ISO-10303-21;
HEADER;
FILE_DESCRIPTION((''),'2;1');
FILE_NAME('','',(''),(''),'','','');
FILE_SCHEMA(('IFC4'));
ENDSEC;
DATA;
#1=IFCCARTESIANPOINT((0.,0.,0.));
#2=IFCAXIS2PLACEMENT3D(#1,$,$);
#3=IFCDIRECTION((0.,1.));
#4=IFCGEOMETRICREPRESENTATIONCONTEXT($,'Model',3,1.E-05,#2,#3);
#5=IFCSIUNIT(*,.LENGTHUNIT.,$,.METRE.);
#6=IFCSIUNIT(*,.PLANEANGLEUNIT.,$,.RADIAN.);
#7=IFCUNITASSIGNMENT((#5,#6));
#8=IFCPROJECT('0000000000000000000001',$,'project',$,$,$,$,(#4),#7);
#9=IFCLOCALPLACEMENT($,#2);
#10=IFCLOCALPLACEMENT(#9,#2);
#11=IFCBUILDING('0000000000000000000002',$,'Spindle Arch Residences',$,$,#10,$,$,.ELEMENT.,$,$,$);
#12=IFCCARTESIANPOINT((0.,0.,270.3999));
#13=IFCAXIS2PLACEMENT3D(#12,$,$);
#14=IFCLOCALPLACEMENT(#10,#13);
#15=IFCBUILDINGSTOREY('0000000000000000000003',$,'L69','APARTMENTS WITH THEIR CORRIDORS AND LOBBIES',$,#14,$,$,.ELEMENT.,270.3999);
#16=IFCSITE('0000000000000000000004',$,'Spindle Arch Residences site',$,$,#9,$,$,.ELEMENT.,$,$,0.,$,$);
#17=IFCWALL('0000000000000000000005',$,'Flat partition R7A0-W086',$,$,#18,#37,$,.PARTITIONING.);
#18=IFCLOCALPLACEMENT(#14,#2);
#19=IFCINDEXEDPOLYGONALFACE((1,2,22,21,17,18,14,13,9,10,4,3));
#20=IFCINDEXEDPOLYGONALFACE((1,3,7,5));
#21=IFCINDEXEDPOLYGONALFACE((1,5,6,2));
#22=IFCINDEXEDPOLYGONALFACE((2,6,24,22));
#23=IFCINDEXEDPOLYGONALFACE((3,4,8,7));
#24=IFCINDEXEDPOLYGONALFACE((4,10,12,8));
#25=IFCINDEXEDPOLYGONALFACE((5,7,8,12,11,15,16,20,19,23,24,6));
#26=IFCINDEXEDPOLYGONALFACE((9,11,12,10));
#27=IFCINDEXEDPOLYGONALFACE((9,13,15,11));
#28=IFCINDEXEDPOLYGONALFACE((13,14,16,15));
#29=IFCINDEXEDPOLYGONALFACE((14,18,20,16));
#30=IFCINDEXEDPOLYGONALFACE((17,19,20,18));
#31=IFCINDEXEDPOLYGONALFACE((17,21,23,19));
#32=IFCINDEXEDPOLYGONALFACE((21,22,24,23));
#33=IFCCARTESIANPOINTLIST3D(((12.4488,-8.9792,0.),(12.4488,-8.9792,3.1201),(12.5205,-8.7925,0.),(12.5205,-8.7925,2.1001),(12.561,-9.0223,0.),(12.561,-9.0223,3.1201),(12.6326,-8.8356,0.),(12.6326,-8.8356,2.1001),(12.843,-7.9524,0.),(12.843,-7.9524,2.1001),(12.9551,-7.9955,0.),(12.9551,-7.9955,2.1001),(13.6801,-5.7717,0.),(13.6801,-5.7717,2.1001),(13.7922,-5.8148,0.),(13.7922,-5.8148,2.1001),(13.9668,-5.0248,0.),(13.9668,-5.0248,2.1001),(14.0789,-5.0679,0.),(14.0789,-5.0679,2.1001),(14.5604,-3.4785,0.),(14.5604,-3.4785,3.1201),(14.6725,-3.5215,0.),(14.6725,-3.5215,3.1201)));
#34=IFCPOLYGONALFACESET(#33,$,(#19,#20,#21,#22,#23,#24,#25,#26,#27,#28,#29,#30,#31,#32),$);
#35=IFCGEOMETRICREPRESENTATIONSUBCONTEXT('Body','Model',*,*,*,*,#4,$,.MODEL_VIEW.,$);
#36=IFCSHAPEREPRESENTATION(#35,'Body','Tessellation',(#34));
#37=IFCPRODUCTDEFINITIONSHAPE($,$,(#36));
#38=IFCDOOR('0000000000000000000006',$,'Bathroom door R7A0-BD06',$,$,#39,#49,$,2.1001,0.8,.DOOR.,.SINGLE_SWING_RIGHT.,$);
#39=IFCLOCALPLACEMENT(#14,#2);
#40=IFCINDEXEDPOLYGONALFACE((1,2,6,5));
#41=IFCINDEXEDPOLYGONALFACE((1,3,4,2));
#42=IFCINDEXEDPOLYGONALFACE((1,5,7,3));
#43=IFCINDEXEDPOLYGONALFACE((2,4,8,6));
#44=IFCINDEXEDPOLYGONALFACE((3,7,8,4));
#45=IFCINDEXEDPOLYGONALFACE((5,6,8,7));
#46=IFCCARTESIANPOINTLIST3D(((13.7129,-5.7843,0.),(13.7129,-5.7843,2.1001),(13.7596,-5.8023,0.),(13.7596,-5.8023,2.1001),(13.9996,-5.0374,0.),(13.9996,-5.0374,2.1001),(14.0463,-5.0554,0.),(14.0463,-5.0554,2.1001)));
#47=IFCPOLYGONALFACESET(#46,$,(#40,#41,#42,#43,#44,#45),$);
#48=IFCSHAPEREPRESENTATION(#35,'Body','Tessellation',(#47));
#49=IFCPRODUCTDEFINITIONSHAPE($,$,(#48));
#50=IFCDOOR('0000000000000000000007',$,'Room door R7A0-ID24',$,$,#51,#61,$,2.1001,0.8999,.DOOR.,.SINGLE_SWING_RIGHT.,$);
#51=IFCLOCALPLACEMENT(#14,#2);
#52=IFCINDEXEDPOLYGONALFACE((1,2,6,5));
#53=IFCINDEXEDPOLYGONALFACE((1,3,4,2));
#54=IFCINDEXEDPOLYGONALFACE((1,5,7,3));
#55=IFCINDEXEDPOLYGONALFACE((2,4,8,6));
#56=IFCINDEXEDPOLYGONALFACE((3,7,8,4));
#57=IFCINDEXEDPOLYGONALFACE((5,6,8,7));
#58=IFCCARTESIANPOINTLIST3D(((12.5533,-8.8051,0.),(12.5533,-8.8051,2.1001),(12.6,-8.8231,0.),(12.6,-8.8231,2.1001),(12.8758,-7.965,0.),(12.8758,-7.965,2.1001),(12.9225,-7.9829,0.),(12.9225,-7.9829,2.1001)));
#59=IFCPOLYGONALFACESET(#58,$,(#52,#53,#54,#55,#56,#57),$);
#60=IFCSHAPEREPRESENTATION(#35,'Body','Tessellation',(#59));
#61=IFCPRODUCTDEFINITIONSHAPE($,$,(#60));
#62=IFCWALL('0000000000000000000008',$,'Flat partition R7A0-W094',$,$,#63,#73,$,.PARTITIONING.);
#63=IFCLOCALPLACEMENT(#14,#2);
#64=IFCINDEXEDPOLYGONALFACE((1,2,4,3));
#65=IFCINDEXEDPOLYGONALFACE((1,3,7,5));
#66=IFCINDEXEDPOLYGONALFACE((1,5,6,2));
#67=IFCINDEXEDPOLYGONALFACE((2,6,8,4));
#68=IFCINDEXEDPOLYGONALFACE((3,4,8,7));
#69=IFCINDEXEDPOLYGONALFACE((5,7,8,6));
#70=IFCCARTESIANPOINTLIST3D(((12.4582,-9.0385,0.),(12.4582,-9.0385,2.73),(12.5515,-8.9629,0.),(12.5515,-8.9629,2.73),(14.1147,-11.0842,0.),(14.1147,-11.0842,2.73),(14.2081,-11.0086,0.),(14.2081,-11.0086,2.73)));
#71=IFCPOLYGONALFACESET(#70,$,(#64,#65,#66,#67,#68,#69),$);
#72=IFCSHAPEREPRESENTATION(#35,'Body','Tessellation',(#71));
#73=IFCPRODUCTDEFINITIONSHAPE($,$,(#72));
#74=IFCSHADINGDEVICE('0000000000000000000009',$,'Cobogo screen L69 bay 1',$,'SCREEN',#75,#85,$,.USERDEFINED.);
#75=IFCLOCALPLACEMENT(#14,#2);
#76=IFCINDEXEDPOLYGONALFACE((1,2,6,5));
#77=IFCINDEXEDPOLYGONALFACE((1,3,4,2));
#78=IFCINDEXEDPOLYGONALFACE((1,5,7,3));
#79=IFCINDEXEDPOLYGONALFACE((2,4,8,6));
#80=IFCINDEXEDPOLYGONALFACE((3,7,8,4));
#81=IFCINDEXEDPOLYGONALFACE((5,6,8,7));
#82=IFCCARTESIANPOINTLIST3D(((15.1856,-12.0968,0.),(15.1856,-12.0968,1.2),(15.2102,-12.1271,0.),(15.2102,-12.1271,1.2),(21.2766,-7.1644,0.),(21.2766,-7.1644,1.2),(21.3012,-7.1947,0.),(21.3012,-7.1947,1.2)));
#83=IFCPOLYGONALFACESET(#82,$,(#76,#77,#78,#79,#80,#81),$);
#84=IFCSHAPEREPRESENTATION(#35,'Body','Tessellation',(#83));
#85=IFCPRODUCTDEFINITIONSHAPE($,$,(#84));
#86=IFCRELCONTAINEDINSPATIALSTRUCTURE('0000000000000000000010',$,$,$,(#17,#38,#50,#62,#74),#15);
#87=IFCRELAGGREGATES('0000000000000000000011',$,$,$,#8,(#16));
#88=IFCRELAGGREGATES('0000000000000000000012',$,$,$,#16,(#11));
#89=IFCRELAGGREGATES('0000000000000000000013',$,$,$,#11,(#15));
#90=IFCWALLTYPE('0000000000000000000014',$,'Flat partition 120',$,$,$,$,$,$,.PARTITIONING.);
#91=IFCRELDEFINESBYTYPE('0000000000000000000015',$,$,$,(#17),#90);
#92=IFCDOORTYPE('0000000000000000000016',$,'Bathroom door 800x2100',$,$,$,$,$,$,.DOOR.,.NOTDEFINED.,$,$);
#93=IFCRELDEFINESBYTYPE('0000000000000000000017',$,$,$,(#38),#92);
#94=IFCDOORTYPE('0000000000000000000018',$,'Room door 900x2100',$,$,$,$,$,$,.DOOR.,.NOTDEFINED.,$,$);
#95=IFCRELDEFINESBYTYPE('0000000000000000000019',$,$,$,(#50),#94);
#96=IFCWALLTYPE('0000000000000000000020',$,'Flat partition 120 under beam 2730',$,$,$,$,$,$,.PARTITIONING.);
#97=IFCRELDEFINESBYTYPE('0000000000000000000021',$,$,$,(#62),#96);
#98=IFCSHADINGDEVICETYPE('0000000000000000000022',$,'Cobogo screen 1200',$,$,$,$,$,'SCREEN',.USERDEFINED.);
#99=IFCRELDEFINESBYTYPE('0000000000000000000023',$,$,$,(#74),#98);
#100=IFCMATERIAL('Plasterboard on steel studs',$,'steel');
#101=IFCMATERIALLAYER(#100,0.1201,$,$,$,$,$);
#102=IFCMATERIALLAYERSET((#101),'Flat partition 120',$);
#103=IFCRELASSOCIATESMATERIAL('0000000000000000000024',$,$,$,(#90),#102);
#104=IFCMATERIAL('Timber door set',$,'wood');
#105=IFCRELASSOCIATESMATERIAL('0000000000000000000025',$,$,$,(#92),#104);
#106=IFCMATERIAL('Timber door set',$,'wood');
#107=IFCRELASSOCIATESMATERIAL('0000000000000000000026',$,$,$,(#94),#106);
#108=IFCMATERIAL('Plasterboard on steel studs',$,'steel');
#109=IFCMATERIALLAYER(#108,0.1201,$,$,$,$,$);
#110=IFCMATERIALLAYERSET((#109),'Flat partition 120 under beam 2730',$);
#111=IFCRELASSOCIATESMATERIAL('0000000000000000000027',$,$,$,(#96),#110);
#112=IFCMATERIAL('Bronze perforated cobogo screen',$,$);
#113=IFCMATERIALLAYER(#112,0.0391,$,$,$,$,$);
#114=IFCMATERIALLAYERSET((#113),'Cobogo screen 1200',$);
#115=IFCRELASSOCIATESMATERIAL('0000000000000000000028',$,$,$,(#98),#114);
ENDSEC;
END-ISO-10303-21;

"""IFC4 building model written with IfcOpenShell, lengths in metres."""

from ifc_helpers import new_model, si_unit, direction, frame, frame_2d, origin, origin_2d, place, context, subcontext, project, spatial, rectangle, extrude, material, layer, layer_set, type_object, element, fill, save


model = new_model("IFC4")

# Units and contexts
model_context = context("Model", 3, precision=1e-05, world=origin(), true_north=direction((0.0, 1.0)))
body_context = subcontext(model_context, "Body", "Model", "MODEL_VIEW")
ifc_project = project(units=[si_unit("LENGTHUNIT", "METRE"), si_unit("PLANEANGLEUNIT", "RADIAN")], contexts=[model_context])

# Site, building, storey
site_placement = place(None, origin())
site = spatial("IfcSite", under=ifc_project, at=site_placement, Name="Spindle Arch Residences site", CompositionType="ELEMENT", RefElevation=0.0)
building_placement = place(site_placement, origin())
building = spatial("IfcBuilding", under=site, at=building_placement, Name="Spindle Arch Residences", CompositionType="ELEMENT")
storey_placement = place(building_placement, frame((0.0, 0.0, 270.3999)))
storey = spatial("IfcBuildingStorey", under=building, at=storey_placement, Name="L69", Description="APARTMENTS WITH THEIR CORRIDORS AND LOBBIES", CompositionType="ELEMENT", Elevation=270.3999)

# Wall, openings, doors
ifc_material_1 = material(Name="Plasterboard on steel studs", Category="steel")
ifc_layer_1 = layer(ifc_material_1, 0.1201)
ifc_layer_set_1 = layer_set([ifc_layer_1], Name="Flat partition 120")
wall_type_1 = type_object("IfcWallType", Name="Flat partition 120", PredefinedType="PARTITIONING", material=ifc_layer_set_1)
wall_1_placement = place(storey_placement, frame((12.5049, -9.0007, 0.0), z_axis=(0.0, 0.0, 1.0), x_axis=(0.358374, 0.933578, 0.0)))
wall_1 = element("IfcWall", 1, at=wall_1_placement, inside=storey, type_object=wall_type_1, Name="Flat partition R7A0-W086", PredefinedType="PARTITIONING", context=body_context, shape_type="SweptSolid", body=[
    extrude(rectangle(XDim=5.8921, YDim=0.1201, at=frame_2d((2.946, 0.0))), origin(), (0.0, 0.0, 1.0), 3.1201),
])
opening_1_placement = place(wall_1_placement, frame((0.2, 0.0, 0.0)))
opening_1 = element("IfcOpeningElement", 2, at=opening_1_placement, cuts=wall_1, PredefinedType="OPENING", context=body_context, shape_type="SweptSolid", body=[
    extrude(rectangle(XDim=0.8999, YDim=2.1001, at=frame_2d((0.45, 1.05))), frame((0.0, 0.0701, 0.0), z_axis=(0.0, -1.0, 0.0), x_axis=(1.0, 0.0, 0.0)), (0.0, 0.0, 1.0), 0.1401),
])
opening_2_placement = place(wall_1_placement, frame((3.4358, 0.0, 0.0)))
opening_2 = element("IfcOpeningElement", 3, at=opening_2_placement, cuts=wall_1, PredefinedType="OPENING", context=body_context, shape_type="SweptSolid", body=[
    extrude(rectangle(XDim=0.8, YDim=2.1001, at=frame_2d((0.3999, 1.05))), frame((0.0, 0.0701, 0.0), z_axis=(0.0, -1.0, 0.0), x_axis=(1.0, 0.0, 0.0)), (0.0, 0.0, 1.0), 0.1401),
])
ifc_material_2 = material(Name="Timber door set", Category="wood")
door_type_1 = type_object("IfcDoorType", Name="Bathroom door 800x2100", OperationType="NOTDEFINED", PredefinedType="DOOR", material=ifc_material_2)
door_1_placement = place(opening_2_placement, origin())
door_1 = element("IfcDoor", 4, at=door_1_placement, inside=storey, type_object=door_type_1, Name="Bathroom door R7A0-BD06", OperationType="SINGLE_SWING_RIGHT", OverallHeight=2.1001, OverallWidth=0.8, PredefinedType="DOOR", context=body_context, shape_type="SweptSolid", body=[
    extrude(rectangle(XDim=0.8, YDim=2.1001, at=frame_2d((0.3999, 1.05))), frame((0.0, 0.0249, 0.0), z_axis=(0.0, -1.0, 0.0), x_axis=(1.0, 0.0, 0.0)), (0.0, 0.0, 1.0), 0.05),
])
fill(opening_2, door_1)
ifc_material_3 = material(Name="Timber door set", Category="wood")
door_type_2 = type_object("IfcDoorType", Name="Room door 900x2100", OperationType="NOTDEFINED", PredefinedType="DOOR", material=ifc_material_3)
door_2_placement = place(opening_1_placement, origin())
door_2 = element("IfcDoor", 5, at=door_2_placement, inside=storey, type_object=door_type_2, Name="Room door R7A0-ID24", OperationType="SINGLE_SWING_RIGHT", OverallHeight=2.1001, OverallWidth=0.8999, PredefinedType="DOOR", context=body_context, shape_type="SweptSolid", body=[
    extrude(rectangle(XDim=0.8999, YDim=2.1001, at=frame_2d((0.45, 1.05))), frame((0.0, 0.0249, 0.0), z_axis=(0.0, -1.0, 0.0), x_axis=(1.0, 0.0, 0.0)), (0.0, 0.0, 1.0), 0.05),
])
fill(opening_1, door_2)

# Wall
ifc_material_4 = material(Name="Plasterboard on steel studs", Category="steel")
ifc_layer_2 = layer(ifc_material_4, 0.1201)
ifc_layer_set_2 = layer_set([ifc_layer_2], Name="Flat partition 120 under beam 2730")
wall_type_2 = type_object("IfcWallType", Name="Flat partition 120 under beam 2730", PredefinedType="PARTITIONING", material=ifc_layer_set_2)
wall_2_placement = place(storey_placement, frame((14.1614, -11.0464, 0.0), z_axis=(0.0, 0.0, 1.0), x_axis=(-0.62931, 0.777154, 0.0)))
element("IfcWall", 6, at=wall_2_placement, inside=storey, type_object=wall_type_2, Name="Flat partition R7A0-W094", PredefinedType="PARTITIONING", context=body_context, shape_type="SweptSolid", body=[
    extrude(rectangle(XDim=2.6323, YDim=0.1201, at=frame_2d((1.3162, 0.0))), origin(), (0.0, 0.0, 1.0), 2.73),
])

# Shading device
ifc_material_5 = material(Name="Bronze perforated cobogo screen")
ifc_layer_3 = layer(ifc_material_5, 0.0391)
ifc_layer_set_3 = layer_set([ifc_layer_3], Name="Cobogo screen 1200")
shading_device_type = type_object("IfcShadingDeviceType", Name="Cobogo screen 1200", ElementType="SCREEN", PredefinedType="USERDEFINED", material=ifc_layer_set_3)
shading_device_placement = place(storey_placement, frame((18.2434, -9.6458, 0.0), z_axis=(0.0, 0.0, 1.0), x_axis=(0.777146, 0.62932, 0.0)))
element("IfcShadingDevice", 7, at=shading_device_placement, inside=storey, type_object=shading_device_type, Name="Cobogo screen L69 bay 1", ObjectType="SCREEN", PredefinedType="USERDEFINED", context=body_context, shape_type="SweptSolid", body=[
    extrude(rectangle(XDim=7.8376, YDim=0.0391, at=origin_2d()), origin(), (0.0, 0.0, 1.0), 1.2),
])

save(model, "model.ifc")
